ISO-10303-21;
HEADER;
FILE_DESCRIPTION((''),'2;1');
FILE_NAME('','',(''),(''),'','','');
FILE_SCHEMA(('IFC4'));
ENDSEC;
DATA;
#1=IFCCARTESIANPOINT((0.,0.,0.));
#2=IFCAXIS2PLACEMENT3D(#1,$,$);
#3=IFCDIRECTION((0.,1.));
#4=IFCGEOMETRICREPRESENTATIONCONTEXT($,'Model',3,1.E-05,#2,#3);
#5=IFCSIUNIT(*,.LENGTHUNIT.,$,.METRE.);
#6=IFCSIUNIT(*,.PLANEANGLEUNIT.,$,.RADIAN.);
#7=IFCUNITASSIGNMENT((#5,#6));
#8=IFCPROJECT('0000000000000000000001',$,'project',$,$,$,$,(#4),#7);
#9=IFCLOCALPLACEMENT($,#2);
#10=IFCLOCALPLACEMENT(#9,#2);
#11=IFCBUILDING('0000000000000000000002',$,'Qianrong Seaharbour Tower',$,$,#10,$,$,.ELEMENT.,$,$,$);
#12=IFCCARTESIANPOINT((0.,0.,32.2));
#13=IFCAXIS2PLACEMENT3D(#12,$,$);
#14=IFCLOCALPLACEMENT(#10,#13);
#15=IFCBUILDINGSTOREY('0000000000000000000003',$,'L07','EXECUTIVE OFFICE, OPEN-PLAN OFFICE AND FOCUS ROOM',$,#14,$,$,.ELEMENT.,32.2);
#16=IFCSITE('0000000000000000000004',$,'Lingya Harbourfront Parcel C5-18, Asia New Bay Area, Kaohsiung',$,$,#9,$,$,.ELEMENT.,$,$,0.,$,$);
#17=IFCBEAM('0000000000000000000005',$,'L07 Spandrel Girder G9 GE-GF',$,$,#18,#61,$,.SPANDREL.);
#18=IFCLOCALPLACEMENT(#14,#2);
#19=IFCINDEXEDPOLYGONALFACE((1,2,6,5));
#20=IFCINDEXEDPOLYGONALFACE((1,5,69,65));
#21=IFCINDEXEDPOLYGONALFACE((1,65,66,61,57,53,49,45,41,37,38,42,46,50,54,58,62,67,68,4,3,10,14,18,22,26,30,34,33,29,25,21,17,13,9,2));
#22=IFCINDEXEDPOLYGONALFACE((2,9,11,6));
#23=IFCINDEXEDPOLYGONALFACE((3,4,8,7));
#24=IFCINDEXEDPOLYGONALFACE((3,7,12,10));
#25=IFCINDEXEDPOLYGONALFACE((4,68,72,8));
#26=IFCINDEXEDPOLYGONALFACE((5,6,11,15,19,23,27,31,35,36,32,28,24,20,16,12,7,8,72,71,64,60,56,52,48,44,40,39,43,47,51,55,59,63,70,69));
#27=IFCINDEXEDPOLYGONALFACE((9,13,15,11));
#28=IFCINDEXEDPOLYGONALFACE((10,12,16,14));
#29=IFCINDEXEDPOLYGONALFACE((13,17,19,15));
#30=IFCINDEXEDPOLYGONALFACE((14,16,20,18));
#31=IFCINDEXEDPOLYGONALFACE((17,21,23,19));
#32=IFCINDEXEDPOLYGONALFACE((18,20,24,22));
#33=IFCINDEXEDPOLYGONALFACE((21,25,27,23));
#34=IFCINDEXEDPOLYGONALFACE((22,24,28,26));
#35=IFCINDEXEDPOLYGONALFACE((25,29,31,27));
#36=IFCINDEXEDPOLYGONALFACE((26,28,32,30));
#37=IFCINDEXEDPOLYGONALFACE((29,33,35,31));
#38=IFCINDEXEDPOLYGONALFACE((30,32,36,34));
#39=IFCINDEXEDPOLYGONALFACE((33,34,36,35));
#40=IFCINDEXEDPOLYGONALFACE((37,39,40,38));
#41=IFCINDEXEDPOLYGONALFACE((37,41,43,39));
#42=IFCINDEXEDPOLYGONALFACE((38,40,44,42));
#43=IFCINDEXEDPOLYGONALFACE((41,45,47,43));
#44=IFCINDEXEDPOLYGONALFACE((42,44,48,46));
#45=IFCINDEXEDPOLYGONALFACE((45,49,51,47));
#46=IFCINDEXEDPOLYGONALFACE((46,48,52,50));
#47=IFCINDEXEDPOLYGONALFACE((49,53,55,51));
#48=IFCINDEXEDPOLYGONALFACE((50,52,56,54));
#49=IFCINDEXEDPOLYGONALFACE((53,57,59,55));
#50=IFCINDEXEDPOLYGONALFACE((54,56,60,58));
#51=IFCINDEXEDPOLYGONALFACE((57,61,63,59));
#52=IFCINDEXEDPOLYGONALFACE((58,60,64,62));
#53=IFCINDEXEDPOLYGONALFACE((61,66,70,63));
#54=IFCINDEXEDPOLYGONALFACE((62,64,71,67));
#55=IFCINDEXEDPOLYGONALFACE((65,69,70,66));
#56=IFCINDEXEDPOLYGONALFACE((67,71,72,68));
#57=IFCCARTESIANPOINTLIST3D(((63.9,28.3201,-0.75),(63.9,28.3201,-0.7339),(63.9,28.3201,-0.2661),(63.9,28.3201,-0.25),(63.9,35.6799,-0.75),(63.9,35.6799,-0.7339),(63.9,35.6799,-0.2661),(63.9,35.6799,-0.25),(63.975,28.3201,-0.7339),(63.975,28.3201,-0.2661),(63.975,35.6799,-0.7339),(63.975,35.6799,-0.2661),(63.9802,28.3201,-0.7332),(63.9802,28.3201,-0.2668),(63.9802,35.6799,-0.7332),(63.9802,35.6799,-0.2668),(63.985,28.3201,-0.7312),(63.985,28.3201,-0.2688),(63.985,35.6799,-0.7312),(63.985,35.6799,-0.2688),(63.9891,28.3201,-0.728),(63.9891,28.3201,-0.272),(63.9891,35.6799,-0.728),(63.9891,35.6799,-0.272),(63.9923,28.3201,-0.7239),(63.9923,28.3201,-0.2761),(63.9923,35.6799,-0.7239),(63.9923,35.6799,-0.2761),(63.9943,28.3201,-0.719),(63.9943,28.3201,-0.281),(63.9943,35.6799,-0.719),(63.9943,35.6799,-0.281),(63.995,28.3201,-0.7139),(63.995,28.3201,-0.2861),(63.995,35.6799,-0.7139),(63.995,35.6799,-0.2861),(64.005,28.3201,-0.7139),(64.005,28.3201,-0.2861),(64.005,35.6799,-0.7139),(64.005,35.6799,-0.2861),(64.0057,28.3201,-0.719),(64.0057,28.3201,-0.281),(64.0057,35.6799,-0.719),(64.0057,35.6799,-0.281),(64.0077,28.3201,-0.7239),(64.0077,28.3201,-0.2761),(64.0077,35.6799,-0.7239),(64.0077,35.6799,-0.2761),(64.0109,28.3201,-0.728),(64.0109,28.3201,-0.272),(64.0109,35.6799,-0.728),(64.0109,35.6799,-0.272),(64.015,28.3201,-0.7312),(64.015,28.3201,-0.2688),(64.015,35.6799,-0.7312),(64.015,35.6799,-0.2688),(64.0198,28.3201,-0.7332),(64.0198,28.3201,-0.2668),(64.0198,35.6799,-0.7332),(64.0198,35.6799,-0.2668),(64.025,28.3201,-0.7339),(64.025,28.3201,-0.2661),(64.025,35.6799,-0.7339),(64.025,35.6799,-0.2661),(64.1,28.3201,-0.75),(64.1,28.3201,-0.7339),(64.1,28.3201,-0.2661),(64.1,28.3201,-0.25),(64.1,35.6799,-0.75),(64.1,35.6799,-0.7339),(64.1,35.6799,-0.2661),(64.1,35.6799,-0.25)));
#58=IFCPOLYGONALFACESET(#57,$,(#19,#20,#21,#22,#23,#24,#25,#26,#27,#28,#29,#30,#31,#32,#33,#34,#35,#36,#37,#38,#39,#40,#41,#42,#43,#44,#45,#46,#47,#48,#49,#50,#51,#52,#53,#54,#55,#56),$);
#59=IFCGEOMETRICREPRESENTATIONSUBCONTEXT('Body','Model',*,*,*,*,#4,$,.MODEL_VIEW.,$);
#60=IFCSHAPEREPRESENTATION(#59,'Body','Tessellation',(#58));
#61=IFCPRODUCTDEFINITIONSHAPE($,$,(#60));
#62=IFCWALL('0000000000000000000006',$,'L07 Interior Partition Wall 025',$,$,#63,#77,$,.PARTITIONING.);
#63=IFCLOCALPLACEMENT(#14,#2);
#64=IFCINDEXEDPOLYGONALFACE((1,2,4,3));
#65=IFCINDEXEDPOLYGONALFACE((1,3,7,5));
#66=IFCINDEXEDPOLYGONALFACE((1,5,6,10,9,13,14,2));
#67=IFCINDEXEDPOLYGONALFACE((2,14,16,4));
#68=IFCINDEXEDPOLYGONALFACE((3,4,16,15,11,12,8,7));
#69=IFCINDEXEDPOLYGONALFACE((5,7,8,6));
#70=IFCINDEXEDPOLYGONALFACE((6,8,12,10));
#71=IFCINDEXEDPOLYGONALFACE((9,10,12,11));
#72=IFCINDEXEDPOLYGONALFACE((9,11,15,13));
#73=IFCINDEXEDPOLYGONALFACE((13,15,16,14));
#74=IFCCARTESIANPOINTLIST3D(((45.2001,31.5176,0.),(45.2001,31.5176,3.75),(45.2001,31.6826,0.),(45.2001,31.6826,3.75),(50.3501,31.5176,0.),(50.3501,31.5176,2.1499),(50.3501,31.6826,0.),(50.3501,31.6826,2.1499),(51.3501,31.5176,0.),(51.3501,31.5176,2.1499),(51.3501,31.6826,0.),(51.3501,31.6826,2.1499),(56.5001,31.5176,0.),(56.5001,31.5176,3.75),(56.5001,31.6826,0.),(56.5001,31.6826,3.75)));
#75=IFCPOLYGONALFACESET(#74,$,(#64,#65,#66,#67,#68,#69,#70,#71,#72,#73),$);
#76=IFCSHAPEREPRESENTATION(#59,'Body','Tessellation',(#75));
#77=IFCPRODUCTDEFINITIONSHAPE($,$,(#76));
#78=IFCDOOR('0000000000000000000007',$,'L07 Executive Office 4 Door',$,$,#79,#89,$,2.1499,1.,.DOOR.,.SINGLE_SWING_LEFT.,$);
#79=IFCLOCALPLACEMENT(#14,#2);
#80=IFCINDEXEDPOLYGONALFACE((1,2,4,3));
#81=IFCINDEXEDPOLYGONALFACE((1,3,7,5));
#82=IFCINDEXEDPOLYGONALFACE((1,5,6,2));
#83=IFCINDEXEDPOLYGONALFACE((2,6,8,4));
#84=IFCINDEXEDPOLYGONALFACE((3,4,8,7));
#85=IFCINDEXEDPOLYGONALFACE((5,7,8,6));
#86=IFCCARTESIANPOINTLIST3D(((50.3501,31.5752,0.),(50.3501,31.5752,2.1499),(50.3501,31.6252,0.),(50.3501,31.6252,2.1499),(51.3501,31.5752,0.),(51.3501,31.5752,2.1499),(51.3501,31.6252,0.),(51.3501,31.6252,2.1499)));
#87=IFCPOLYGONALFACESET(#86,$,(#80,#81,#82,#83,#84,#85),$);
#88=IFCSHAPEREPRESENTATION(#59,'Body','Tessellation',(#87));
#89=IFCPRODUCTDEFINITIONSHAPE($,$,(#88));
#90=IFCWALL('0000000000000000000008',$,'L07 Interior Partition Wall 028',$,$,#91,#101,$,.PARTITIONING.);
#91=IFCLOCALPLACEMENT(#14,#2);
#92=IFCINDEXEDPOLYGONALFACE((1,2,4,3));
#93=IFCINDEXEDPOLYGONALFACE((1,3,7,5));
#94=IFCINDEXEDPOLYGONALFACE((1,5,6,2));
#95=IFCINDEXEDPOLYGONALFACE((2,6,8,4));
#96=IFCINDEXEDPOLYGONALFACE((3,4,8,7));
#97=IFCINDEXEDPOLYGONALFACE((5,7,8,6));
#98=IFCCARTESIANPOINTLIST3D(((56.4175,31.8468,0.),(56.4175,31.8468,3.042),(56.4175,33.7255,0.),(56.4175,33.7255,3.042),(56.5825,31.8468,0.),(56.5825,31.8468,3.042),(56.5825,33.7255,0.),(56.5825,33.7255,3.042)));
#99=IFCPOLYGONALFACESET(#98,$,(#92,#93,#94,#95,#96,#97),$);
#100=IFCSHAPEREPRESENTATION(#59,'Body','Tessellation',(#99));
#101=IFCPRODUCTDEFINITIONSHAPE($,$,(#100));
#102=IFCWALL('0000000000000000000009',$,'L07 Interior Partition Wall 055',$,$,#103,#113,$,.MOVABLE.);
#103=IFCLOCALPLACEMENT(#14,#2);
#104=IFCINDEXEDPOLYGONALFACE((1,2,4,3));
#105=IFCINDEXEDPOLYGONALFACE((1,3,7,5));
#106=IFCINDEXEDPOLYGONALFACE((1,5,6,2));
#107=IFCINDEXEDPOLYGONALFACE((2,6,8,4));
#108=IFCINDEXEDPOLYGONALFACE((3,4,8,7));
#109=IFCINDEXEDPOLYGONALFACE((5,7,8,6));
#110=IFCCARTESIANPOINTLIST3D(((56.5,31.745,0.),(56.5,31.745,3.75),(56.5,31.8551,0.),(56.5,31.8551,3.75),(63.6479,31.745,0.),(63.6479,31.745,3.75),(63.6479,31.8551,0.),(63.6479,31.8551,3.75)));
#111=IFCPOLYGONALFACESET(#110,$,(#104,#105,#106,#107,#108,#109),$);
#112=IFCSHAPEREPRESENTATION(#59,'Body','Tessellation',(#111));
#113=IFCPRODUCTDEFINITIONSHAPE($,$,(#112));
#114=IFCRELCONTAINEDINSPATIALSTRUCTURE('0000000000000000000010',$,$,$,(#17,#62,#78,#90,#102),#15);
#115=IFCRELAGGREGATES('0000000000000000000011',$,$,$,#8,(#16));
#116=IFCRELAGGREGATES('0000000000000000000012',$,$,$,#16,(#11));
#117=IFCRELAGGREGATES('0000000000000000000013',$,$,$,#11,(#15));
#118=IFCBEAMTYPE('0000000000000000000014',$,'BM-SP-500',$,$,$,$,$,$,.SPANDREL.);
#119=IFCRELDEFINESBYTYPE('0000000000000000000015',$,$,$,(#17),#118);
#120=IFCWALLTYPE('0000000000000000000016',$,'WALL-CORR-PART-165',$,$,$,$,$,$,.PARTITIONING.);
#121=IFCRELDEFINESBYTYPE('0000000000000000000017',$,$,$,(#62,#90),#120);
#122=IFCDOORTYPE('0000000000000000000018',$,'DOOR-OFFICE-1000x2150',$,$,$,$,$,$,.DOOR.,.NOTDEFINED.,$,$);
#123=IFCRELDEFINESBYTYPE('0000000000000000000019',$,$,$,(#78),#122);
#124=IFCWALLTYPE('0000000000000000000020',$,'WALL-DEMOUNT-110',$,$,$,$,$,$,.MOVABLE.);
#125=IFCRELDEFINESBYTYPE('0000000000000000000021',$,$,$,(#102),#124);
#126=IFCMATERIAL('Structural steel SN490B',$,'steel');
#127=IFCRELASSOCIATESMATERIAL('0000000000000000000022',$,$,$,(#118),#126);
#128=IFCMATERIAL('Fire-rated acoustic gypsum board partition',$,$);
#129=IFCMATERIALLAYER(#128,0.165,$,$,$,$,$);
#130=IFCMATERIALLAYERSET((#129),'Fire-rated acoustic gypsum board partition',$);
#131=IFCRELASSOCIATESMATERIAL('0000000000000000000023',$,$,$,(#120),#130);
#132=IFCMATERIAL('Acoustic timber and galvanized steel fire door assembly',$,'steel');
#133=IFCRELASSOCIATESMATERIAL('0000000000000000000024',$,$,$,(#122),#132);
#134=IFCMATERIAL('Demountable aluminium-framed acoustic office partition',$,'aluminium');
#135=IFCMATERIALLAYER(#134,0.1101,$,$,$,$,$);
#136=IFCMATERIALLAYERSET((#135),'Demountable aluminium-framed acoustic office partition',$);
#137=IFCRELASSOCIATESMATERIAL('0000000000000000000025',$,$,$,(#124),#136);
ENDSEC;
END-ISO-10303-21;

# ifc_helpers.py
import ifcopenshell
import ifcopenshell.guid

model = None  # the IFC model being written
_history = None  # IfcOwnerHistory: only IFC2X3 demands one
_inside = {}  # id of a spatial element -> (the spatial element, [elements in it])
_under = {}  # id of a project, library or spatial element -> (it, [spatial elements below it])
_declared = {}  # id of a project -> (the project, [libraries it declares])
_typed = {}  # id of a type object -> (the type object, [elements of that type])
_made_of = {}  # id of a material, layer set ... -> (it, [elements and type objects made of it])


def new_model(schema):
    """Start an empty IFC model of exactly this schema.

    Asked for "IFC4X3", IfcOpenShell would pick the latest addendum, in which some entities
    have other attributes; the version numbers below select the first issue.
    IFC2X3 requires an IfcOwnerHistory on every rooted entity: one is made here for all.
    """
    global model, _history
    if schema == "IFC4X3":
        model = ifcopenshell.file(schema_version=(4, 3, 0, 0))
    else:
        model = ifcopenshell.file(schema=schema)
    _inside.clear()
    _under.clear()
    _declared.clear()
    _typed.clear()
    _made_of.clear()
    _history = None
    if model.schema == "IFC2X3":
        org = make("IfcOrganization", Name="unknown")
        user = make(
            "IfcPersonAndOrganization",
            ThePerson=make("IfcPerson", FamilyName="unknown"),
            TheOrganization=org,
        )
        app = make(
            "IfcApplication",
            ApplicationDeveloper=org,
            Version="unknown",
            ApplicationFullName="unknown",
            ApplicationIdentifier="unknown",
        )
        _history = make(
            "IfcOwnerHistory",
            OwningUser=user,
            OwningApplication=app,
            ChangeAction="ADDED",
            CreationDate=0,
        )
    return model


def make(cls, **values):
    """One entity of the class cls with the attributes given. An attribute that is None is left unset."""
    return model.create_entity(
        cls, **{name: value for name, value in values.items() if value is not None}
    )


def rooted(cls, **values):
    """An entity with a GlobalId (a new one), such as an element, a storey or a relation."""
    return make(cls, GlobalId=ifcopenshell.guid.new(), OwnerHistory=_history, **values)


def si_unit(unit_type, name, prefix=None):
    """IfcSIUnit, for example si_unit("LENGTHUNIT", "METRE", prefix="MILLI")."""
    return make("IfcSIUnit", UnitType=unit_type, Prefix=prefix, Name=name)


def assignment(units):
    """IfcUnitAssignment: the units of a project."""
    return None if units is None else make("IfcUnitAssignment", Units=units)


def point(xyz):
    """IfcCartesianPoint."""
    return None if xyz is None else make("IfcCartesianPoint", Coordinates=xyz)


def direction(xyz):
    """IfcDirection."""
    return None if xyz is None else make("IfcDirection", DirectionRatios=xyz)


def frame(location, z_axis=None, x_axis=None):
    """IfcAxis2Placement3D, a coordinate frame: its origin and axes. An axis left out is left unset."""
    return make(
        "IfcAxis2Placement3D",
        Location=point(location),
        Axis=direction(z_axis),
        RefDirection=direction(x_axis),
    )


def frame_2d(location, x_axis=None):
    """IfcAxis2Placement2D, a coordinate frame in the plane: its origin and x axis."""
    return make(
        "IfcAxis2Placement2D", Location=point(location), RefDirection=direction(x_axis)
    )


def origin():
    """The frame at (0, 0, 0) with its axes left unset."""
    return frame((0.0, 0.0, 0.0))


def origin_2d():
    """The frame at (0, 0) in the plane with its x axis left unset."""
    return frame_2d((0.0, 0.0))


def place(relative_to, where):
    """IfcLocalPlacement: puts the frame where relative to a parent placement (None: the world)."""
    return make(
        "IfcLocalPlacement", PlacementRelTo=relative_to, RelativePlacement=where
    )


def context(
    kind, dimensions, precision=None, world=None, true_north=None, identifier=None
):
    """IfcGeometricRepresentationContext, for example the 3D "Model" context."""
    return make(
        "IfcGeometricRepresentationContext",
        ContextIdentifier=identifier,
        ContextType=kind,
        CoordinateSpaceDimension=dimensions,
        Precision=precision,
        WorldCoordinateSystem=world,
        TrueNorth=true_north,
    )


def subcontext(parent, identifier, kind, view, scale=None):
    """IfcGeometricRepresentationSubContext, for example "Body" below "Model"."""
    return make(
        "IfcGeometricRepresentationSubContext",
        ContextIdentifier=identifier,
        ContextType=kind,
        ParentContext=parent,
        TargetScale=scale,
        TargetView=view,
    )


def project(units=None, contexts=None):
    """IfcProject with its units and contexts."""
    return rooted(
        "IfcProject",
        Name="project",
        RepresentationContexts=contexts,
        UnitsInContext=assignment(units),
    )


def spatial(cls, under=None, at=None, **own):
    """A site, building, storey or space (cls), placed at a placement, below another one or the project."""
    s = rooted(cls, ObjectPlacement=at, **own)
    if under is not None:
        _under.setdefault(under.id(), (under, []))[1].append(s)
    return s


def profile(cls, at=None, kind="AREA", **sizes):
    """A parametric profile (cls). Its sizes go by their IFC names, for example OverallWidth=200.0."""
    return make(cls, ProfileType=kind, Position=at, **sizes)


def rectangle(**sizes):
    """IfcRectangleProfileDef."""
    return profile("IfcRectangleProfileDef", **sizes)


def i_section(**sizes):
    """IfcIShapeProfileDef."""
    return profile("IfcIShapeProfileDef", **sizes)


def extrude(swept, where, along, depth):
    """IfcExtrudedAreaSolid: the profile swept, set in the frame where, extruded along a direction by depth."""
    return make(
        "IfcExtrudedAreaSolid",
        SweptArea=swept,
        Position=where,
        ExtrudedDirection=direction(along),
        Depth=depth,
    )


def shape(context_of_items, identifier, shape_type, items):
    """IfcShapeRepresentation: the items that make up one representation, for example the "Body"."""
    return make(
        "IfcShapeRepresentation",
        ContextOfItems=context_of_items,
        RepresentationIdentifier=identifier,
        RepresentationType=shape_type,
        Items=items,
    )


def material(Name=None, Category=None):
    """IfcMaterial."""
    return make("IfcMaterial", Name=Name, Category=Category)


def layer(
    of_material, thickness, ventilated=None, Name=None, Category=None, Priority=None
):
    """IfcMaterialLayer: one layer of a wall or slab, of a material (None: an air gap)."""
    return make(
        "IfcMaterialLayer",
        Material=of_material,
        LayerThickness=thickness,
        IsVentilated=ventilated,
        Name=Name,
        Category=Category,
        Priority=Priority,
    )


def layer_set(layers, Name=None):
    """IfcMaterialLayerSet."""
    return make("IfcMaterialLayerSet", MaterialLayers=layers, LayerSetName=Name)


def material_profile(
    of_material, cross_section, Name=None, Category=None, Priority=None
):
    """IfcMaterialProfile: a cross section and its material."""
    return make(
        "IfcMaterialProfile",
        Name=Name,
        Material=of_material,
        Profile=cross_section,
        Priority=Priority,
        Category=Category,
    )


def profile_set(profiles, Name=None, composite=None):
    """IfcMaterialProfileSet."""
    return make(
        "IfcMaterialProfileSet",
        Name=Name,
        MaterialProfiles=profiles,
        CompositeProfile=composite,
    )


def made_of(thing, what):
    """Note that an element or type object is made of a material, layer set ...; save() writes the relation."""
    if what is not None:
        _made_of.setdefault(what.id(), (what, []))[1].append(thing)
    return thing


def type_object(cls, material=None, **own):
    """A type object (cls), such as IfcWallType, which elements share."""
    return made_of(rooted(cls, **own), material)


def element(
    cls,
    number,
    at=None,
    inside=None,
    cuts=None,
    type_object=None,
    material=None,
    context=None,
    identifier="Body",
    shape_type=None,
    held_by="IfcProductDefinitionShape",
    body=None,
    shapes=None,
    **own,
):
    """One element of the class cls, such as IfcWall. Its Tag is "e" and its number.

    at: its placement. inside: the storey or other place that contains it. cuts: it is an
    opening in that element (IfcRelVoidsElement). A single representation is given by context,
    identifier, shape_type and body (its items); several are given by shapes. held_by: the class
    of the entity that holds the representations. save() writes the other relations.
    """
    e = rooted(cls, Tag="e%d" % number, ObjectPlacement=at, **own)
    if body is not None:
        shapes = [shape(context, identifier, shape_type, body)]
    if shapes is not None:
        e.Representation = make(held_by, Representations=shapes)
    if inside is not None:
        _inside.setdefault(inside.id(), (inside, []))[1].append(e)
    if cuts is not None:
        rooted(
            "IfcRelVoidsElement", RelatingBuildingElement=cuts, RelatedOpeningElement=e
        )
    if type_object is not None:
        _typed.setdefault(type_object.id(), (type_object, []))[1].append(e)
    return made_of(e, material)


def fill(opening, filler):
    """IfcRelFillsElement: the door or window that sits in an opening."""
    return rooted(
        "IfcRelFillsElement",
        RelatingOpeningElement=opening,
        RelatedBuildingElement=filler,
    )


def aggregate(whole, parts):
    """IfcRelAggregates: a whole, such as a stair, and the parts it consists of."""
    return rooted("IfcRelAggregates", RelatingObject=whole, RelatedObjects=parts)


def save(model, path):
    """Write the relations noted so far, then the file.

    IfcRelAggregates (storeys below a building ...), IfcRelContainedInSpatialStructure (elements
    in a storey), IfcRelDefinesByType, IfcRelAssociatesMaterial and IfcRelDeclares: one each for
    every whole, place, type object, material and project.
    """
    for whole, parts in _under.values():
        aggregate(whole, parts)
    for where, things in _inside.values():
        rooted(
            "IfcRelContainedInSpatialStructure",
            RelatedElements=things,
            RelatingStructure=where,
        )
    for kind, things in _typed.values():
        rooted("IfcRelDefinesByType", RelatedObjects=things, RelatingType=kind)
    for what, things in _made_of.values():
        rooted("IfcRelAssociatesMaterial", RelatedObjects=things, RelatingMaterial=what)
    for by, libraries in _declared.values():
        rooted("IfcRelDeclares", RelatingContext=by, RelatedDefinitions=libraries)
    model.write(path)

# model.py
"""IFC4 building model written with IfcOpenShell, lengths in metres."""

from ifc_helpers import new_model, si_unit, direction, frame, frame_2d, origin, origin_2d, place, context, subcontext, project, spatial, rectangle, i_section, extrude, material, layer, layer_set, material_profile, profile_set, type_object, element, fill, save


model = new_model("IFC4")

# Units and contexts
model_context = context("Model", 3, precision=1e-05, world=origin(), true_north=direction((0.0, 1.0)))
body_context = subcontext(model_context, "Body", "Model", "MODEL_VIEW")
ifc_project = project(units=[si_unit("LENGTHUNIT", "METRE"), si_unit("PLANEANGLEUNIT", "RADIAN")], contexts=[model_context])

# Site, building, storey
site_placement = place(None, origin())
site = spatial("IfcSite", under=ifc_project, at=site_placement, Name="Lingya Harbourfront Parcel C5-18, Asia New Bay Area, Kaohsiung", CompositionType="ELEMENT", RefElevation=0.0)
building_placement = place(site_placement, origin())
building = spatial("IfcBuilding", under=site, at=building_placement, Name="Qianrong Seaharbour Tower", CompositionType="ELEMENT")
storey_placement = place(building_placement, frame((0.0, 0.0, 32.2)))
storey = spatial("IfcBuildingStorey", under=building, at=storey_placement, Name="L07", Description="EXECUTIVE OFFICE, OPEN-PLAN OFFICE AND FOCUS ROOM", CompositionType="ELEMENT", Elevation=32.2)

# Shared definitions
ifc_material_1 = material(Name="Structural steel SN490B", Category="steel")

# Beam
ifc_material_profile_1 = material_profile(ifc_material_1, i_section(OverallWidth=0.2, OverallDepth=0.5, WebThickness=0.01, FlangeThickness=0.0161, FilletRadius=0.02, at=origin_2d()), Name="H500x200x10x16")
ifc_profile_set_1 = profile_set([ifc_material_profile_1], Name="Structural steel SN490B")
beam_type_1 = type_object("IfcBeamType", Name="BM-SP-500", PredefinedType="SPANDREL", material=ifc_profile_set_1)
beam_1_placement = place(storey_placement, frame((64.0, 28.3201, -0.5), z_axis=(0.0, 1.0, 0.0), x_axis=(-1.0, 0.0, 0.0)))
element("IfcBeam", 1, at=beam_1_placement, inside=storey, type_object=beam_type_1, Name="L07 Spandrel Girder G9 GE-GF", PredefinedType="SPANDREL", context=body_context, shape_type="SweptSolid", body=[
    extrude(i_section(OverallWidth=0.2, OverallDepth=0.5, WebThickness=0.01, FlangeThickness=0.0161, FilletRadius=0.02, at=origin_2d()), origin(), (0.0, 0.0, 1.0), 7.3599),
])

# Wall, opening, door
ifc_material_2 = material(Name="Fire-rated acoustic gypsum board partition")
ifc_layer_1 = layer(ifc_material_2, 0.165)
ifc_layer_set_1 = layer_set([ifc_layer_1], Name="Fire-rated acoustic gypsum board partition")
wall_type_1 = type_object("IfcWallType", Name="WALL-CORR-PART-165", PredefinedType="PARTITIONING", material=ifc_layer_set_1)
wall_1_placement = place(storey_placement, frame((56.5, 31.6001, 0.0), z_axis=(0.0, 0.0, 1.0), x_axis=(-1.0, 0.0, 0.0)))
wall_1 = element("IfcWall", 2, at=wall_1_placement, inside=storey, type_object=wall_type_1, Name="L07 Interior Partition Wall 025", PredefinedType="PARTITIONING", context=body_context, shape_type="SweptSolid", body=[
    extrude(rectangle(XDim=11.3, YDim=0.165, at=frame_2d((5.6499, 0.0))), origin(), (0.0, 0.0, 1.0), 3.75),
])
opening_placement = place(wall_1_placement, frame((5.1499, 0.0, 0.0)))
opening = element("IfcOpeningElement", 3, at=opening_placement, cuts=wall_1, PredefinedType="OPENING", context=body_context, shape_type="SweptSolid", body=[
    extrude(rectangle(XDim=1.0, YDim=2.1499, at=frame_2d((0.5, 1.075))), frame((0.0, 0.0925, 0.0), z_axis=(0.0, -1.0, 0.0), x_axis=(1.0, 0.0, 0.0)), (0.0, 0.0, 1.0), 0.1851),
])
ifc_material_3 = material(Name="Acoustic timber and galvanized steel fire door assembly", Category="steel")
door_type = type_object("IfcDoorType", Name="DOOR-OFFICE-1000x2150", OperationType="NOTDEFINED", PredefinedType="DOOR", material=ifc_material_3)
door_placement = place(opening_placement, origin())
door = element("IfcDoor", 4, at=door_placement, inside=storey, type_object=door_type, Name="L07 Executive Office 4 Door", OperationType="SINGLE_SWING_LEFT", OverallHeight=2.1499, OverallWidth=1.0, PredefinedType="DOOR", context=body_context, shape_type="SweptSolid", body=[
    extrude(rectangle(XDim=1.0, YDim=2.1499, at=frame_2d((0.5, 1.075))), frame((0.0, 0.0249, 0.0), z_axis=(0.0, -1.0, 0.0), x_axis=(1.0, 0.0, 0.0)), (0.0, 0.0, 1.0), 0.05),
])
fill(opening, door)

# Walls
wall_2_placement = place(storey_placement, frame((56.5, 33.7256, 0.0), z_axis=(0.0, 0.0, 1.0), x_axis=(0.0, -1.0, 0.0)))
element("IfcWall", 5, at=wall_2_placement, inside=storey, type_object=wall_type_1, Name="L07 Interior Partition Wall 028", PredefinedType="PARTITIONING", context=body_context, shape_type="SweptSolid", body=[
    extrude(rectangle(XDim=1.8787, YDim=0.165, at=frame_2d((0.9395, 0.0))), origin(), (0.0, 0.0, 1.0), 3.042),
])
ifc_material_4 = material(Name="Demountable aluminium-framed acoustic office partition", Category="aluminium")
ifc_layer_2 = layer(ifc_material_4, 0.1101)
ifc_layer_set_2 = layer_set([ifc_layer_2], Name="Demountable aluminium-framed acoustic office partition")
wall_type_2 = type_object("IfcWallType", Name="WALL-DEMOUNT-110", PredefinedType="MOVABLE", material=ifc_layer_set_2)
wall_3_placement = place(storey_placement, frame((56.5, 31.8, 0.0), z_axis=(0.0, 0.0, 1.0), x_axis=(1.0, 0.0, 0.0)))
element("IfcWall", 6, at=wall_3_placement, inside=storey, type_object=wall_type_2, Name="L07 Interior Partition Wall 055", PredefinedType="MOVABLE", context=body_context, shape_type="SweptSolid", body=[
    extrude(rectangle(XDim=7.1479, YDim=0.1101, at=frame_2d((3.574, 0.0))), origin(), (0.0, 0.0, 1.0), 3.75),
])

save(model, "model.ifc")
